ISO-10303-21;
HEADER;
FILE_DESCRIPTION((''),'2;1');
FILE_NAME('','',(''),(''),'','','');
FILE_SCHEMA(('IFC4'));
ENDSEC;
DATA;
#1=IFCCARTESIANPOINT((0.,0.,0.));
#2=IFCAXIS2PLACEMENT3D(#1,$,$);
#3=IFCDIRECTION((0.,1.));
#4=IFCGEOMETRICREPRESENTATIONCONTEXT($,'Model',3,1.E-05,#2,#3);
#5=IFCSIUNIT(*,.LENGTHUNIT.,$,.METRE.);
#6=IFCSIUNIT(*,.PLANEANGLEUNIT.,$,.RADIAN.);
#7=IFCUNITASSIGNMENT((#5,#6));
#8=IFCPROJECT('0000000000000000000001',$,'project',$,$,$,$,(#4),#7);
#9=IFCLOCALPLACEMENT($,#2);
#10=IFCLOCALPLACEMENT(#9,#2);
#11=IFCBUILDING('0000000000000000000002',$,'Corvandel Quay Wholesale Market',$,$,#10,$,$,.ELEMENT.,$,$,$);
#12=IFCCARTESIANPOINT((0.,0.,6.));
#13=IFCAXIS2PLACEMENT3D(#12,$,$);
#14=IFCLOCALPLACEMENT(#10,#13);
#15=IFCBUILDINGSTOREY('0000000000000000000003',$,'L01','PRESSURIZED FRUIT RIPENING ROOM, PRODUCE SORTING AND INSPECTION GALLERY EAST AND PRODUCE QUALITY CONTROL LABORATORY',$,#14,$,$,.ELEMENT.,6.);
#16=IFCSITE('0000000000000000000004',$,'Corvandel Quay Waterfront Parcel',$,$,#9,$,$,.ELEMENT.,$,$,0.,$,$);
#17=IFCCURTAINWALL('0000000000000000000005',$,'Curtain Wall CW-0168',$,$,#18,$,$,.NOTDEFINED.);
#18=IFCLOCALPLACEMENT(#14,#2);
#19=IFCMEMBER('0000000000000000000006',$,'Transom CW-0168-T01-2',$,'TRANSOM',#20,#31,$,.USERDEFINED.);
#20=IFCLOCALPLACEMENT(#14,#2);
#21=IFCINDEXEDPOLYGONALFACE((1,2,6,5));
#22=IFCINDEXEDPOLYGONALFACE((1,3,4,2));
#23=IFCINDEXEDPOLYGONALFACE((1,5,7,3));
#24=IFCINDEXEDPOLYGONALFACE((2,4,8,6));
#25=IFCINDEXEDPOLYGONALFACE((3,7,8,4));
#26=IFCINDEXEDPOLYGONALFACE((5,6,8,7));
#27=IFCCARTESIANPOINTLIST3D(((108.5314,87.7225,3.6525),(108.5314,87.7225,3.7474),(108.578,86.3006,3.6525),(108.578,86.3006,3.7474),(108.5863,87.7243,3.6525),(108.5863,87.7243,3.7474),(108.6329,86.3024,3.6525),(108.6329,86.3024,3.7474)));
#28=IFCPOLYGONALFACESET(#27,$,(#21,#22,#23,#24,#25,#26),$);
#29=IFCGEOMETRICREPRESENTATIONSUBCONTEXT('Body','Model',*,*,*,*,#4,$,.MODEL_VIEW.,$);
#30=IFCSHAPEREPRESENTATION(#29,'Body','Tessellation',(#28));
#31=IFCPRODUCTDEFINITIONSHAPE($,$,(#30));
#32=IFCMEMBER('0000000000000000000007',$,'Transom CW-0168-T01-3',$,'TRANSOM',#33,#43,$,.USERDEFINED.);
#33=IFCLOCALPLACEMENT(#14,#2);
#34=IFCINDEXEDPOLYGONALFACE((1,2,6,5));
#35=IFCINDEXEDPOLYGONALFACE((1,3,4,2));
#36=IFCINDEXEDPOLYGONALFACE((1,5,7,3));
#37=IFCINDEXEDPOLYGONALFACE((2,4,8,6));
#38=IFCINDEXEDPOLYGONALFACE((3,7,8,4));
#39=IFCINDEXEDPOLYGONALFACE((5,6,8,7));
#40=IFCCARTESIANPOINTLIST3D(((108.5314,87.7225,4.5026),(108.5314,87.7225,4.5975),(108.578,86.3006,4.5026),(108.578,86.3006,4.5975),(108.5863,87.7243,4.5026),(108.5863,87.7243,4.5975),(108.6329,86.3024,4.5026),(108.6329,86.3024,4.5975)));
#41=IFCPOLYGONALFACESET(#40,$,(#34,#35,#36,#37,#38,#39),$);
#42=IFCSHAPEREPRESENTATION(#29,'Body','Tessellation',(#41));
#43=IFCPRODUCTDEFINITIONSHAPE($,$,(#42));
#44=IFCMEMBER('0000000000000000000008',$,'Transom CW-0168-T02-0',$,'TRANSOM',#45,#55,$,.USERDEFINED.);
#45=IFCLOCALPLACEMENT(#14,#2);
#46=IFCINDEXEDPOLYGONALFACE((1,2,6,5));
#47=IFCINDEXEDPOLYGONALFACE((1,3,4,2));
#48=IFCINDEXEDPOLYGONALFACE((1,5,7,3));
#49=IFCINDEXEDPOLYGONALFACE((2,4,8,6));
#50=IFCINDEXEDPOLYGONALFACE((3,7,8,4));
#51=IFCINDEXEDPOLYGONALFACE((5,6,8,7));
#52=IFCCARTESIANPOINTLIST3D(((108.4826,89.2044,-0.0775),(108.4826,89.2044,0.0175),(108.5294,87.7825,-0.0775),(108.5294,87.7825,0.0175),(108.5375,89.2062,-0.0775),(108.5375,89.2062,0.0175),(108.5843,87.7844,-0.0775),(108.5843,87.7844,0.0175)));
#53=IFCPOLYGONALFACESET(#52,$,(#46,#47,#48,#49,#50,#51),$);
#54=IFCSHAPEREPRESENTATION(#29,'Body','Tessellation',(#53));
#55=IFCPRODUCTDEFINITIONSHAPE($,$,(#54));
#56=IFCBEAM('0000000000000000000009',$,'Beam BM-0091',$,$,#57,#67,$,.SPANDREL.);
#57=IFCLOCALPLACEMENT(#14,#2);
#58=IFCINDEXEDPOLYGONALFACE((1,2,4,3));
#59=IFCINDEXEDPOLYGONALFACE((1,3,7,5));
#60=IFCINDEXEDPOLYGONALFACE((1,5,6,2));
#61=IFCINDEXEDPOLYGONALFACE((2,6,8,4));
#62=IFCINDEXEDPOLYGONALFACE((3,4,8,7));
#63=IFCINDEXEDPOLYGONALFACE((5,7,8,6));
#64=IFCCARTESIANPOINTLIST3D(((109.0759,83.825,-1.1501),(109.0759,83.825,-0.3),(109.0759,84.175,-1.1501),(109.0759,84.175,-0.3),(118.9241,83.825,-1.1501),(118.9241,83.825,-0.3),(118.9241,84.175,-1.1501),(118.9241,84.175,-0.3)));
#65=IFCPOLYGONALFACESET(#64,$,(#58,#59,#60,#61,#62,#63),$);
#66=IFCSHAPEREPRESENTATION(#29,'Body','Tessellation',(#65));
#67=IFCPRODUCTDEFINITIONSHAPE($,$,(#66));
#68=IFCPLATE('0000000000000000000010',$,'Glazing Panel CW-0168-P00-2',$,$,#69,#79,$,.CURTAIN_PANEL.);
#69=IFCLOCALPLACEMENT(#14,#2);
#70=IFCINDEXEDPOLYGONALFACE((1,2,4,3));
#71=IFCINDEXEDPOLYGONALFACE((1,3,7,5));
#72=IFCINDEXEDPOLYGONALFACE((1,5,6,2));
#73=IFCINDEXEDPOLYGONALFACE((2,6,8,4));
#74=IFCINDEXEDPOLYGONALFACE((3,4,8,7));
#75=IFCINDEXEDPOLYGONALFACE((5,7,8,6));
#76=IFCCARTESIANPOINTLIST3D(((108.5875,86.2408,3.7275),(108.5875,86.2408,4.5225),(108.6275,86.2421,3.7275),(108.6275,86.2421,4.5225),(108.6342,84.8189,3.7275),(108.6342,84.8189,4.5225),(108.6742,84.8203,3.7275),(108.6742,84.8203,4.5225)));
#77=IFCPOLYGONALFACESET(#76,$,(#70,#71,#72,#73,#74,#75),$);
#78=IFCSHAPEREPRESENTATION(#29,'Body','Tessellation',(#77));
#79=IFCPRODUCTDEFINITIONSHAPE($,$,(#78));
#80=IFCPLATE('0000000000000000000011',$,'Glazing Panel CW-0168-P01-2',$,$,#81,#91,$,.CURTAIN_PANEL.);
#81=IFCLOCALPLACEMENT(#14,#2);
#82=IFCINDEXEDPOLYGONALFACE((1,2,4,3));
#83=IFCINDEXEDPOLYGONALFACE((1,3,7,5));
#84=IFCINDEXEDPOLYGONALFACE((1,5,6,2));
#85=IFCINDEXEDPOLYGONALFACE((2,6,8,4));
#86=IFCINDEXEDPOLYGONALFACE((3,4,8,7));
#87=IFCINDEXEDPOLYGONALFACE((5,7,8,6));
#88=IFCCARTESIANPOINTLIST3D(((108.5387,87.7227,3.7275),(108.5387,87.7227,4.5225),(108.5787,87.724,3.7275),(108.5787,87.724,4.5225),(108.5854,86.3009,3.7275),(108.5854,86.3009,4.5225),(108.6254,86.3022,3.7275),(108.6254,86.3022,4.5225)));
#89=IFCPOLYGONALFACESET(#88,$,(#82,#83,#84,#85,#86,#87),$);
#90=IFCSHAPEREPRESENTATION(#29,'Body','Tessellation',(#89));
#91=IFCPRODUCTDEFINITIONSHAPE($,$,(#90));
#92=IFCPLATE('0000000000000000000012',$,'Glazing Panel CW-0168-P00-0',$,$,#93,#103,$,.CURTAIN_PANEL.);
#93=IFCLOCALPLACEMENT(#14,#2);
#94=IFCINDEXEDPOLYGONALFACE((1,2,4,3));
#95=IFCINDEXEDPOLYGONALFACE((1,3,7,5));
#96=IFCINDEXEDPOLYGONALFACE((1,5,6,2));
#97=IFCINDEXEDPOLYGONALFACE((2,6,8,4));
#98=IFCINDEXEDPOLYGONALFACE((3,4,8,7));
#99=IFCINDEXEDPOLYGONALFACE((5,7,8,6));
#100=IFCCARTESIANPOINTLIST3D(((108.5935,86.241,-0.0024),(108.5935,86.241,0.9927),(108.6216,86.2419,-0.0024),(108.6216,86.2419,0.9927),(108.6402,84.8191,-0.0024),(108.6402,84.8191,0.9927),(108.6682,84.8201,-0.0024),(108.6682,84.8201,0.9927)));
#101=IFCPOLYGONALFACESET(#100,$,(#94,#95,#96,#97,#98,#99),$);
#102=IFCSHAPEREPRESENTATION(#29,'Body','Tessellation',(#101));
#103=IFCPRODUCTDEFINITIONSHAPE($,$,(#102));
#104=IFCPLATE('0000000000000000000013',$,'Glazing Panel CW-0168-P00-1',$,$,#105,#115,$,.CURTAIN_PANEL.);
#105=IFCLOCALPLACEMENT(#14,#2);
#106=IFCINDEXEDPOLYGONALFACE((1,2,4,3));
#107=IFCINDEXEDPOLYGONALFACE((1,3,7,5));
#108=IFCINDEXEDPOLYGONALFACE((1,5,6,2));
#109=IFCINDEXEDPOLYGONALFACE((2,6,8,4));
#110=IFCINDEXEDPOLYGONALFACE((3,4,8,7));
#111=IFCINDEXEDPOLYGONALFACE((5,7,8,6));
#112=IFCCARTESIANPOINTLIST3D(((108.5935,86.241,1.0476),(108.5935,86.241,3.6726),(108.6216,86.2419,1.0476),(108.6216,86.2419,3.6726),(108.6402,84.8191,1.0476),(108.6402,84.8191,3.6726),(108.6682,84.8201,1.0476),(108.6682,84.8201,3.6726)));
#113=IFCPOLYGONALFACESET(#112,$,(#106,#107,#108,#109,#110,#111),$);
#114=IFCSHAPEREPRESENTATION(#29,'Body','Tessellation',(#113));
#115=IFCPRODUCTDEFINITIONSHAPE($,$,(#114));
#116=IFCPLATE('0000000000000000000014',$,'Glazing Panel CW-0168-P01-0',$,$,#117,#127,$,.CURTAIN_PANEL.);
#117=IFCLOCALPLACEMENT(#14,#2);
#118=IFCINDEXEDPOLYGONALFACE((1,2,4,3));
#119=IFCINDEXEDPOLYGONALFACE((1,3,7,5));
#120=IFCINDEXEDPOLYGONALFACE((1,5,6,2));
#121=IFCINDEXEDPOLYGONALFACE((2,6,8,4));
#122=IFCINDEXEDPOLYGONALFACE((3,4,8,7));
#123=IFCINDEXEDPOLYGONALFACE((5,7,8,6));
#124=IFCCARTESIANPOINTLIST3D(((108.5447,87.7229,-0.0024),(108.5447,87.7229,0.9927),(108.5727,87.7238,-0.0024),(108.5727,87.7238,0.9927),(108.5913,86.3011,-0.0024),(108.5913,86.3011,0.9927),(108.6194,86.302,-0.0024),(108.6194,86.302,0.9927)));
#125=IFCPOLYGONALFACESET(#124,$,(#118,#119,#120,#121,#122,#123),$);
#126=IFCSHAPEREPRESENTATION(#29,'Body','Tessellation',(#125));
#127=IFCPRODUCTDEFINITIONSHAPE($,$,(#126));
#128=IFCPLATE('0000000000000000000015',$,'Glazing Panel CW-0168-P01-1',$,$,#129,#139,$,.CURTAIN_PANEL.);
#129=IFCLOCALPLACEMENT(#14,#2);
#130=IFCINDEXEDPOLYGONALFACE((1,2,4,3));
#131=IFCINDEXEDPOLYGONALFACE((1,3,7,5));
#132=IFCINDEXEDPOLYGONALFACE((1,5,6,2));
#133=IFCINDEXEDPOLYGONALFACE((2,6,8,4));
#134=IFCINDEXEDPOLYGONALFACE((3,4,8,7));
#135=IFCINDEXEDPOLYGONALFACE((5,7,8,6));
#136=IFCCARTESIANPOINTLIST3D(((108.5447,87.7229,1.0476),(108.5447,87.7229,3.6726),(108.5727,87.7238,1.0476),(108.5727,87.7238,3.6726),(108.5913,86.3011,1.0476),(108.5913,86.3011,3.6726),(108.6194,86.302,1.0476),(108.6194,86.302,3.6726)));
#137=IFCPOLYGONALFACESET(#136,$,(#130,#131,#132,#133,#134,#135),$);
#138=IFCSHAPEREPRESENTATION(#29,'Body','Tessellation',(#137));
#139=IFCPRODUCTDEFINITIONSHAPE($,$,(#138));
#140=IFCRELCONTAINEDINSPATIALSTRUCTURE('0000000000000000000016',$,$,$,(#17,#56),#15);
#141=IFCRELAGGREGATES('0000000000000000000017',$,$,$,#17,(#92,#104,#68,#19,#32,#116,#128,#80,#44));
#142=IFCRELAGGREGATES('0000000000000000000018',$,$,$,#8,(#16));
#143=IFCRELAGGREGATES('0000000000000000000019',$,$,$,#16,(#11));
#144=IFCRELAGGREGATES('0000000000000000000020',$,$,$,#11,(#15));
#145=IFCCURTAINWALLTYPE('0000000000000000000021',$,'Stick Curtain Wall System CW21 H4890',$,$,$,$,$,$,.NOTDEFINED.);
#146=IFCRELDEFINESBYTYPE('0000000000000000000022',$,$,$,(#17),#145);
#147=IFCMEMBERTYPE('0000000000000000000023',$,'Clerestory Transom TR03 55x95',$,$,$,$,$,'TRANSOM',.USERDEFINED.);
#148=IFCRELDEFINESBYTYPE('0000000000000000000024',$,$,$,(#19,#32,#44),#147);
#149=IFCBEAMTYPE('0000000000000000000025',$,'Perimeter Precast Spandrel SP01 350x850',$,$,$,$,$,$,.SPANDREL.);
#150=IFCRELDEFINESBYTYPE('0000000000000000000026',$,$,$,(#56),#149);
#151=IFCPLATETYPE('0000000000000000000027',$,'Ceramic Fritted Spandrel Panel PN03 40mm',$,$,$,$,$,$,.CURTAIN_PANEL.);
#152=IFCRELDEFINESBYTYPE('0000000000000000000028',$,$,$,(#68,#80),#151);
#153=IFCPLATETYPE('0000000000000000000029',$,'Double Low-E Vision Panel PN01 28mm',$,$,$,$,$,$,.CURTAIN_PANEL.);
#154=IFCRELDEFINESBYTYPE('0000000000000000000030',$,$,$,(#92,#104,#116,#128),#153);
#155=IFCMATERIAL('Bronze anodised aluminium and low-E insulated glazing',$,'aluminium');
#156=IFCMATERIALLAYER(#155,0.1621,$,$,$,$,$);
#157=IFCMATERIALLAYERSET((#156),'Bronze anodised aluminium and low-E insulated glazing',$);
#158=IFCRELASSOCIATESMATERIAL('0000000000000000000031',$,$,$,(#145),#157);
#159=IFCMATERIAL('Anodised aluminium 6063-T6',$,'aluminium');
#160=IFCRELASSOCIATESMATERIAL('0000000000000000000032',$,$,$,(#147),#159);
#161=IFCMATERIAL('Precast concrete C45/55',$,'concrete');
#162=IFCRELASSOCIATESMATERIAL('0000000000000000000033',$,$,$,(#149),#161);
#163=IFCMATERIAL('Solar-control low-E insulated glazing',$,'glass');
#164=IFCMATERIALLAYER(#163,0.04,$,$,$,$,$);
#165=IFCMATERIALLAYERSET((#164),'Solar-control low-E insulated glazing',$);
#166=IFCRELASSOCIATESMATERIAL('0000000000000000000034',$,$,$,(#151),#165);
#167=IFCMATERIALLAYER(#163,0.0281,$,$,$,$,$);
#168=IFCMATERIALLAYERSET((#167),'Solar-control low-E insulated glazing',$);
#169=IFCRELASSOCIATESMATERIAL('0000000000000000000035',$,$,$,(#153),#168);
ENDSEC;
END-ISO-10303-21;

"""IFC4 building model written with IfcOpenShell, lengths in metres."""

from ifc_helpers import new_model, si_unit, direction, frame, origin, origin_2d, place, context, subcontext, project, spatial, rectangle, extrude, material, layer, layer_set, material_profile, profile_set, type_object, element, aggregate, save


model = new_model("IFC4")

# Units and contexts
model_context = context("Model", 3, precision=1e-05, world=origin(), true_north=direction((0.0, 1.0)))
body_context = subcontext(model_context, "Body", "Model", "MODEL_VIEW")
ifc_project = project(units=[si_unit("LENGTHUNIT", "METRE"), si_unit("PLANEANGLEUNIT", "RADIAN")], contexts=[model_context])

# Site, building, storey
site_placement = place(None, origin())
site = spatial("IfcSite", under=ifc_project, at=site_placement, Name="Corvandel Quay Waterfront Parcel", CompositionType="ELEMENT", RefElevation=0.0)
building_placement = place(site_placement, origin())
building = spatial("IfcBuilding", under=site, at=building_placement, Name="Corvandel Quay Wholesale Market", CompositionType="ELEMENT")
storey_placement = place(building_placement, frame((0.0, 0.0, 6.0)))
storey = spatial("IfcBuildingStorey", under=building, at=storey_placement, Name="L01", Description="PRESSURIZED FRUIT RIPENING ROOM, PRODUCE SORTING AND INSPECTION GALLERY EAST AND PRODUCE QUALITY CONTROL LABORATORY", CompositionType="ELEMENT", Elevation=6.0)

# Shared definitions
ifc_material_1 = material(Name="Precast concrete C45/55", Category="concrete")

# Curtain wall, members
ifc_material_2 = material(Name="Bronze anodised aluminium and low-E insulated glazing", Category="aluminium")
ifc_layer_1 = layer(ifc_material_2, 0.1621)
ifc_layer_set_1 = layer_set([ifc_layer_1], Name="Bronze anodised aluminium and low-E insulated glazing")
curtain_wall_type = type_object("IfcCurtainWallType", Name="Stick Curtain Wall System CW21 H4890", PredefinedType="NOTDEFINED", material=ifc_layer_set_1)
curtain_wall_placement = place(storey_placement, origin())
curtain_wall = element("IfcCurtainWall", 1, at=curtain_wall_placement, inside=storey, type_object=curtain_wall_type, Name="Curtain Wall CW-0168", PredefinedType="NOTDEFINED")
ifc_material_3 = material(Name="Anodised aluminium 6063-T6", Category="aluminium")
ifc_material_profile_1 = material_profile(ifc_material_3, rectangle(XDim=0.0549, YDim=0.095, at=origin_2d()), Name="ALU-TRN-55x95")
ifc_profile_set_1 = profile_set([ifc_material_profile_1], Name="Anodised aluminium 6063-T6")
member_type_1 = type_object("IfcMemberType", Name="Clerestory Transom TR03 55x95", ElementType="TRANSOM", PredefinedType="USERDEFINED", material=ifc_profile_set_1)
member_1_placement = place(storey_placement, frame((108.6055, 86.3015, 3.7), z_axis=(-0.032778, 0.999463, 0.0), x_axis=(-0.999463, -0.032778, 0.0)))
member_1 = element("IfcMember", 2, at=member_1_placement, type_object=member_type_1, Name="Transom CW-0168-T01-2", ObjectType="TRANSOM", PredefinedType="USERDEFINED", context=body_context, shape_type="SweptSolid", body=[
    extrude(rectangle(XDim=0.0549, YDim=0.095, at=origin_2d()), origin(), (0.0, 0.0, 1.0), 1.4226),
])
member_2_placement = place(storey_placement, frame((108.6055, 86.3015, 4.55), z_axis=(-0.032778, 0.999463, 0.0), x_axis=(-0.999463, -0.032778, 0.0)))
member_2 = element("IfcMember", 3, at=member_2_placement, type_object=member_type_1, Name="Transom CW-0168-T01-3", ObjectType="TRANSOM", PredefinedType="USERDEFINED", context=body_context, shape_type="SweptSolid", body=[
    extrude(rectangle(XDim=0.0549, YDim=0.095, at=origin_2d()), origin(), (0.0, 0.0, 1.0), 1.4226),
])
member_3_placement = place(storey_placement, frame((108.5569, 87.7834, -0.03), z_axis=(-0.032949, 0.999457, 0.0), x_axis=(-0.999457, -0.032949, 0.0)))
member_3 = element("IfcMember", 4, at=member_3_placement, type_object=member_type_1, Name="Transom CW-0168-T02-0", ObjectType="TRANSOM", PredefinedType="USERDEFINED", context=body_context, shape_type="SweptSolid", body=[
    extrude(rectangle(XDim=0.0549, YDim=0.095, at=origin_2d()), origin(), (0.0, 0.0, 1.0), 1.4226),
])

# Beam
ifc_material_profile_2 = material_profile(ifc_material_1, rectangle(XDim=0.3501, YDim=0.8501, at=origin_2d()), Name="PC-SPN-350x850")
ifc_profile_set_2 = profile_set([ifc_material_profile_2], Name="Precast concrete C45/55")
beam_type_1 = type_object("IfcBeamType", Name="Perimeter Precast Spandrel SP01 350x850", PredefinedType="SPANDREL", material=ifc_profile_set_2)
beam_1_placement = place(storey_placement, frame((118.9241, 84.0, -0.7251), z_axis=(-1.0, 0.0, 0.0), x_axis=(0.0, -1.0, 0.0)))
element("IfcBeam", 5, at=beam_1_placement, inside=storey, type_object=beam_type_1, Name="Beam BM-0091", PredefinedType="SPANDREL", context=body_context, shape_type="SweptSolid", body=[
    extrude(rectangle(XDim=0.3501, YDim=0.8501, at=origin_2d()), origin(), (0.0, 0.0, 1.0), 9.8481),
])

# Plates
ifc_material_4 = material(Name="Solar-control low-E insulated glazing", Category="glass")
ifc_layer_2 = layer(ifc_material_4, 0.04)
ifc_layer_set_2 = layer_set([ifc_layer_2], Name="Solar-control low-E insulated glazing")
plate_type_1 = type_object("IfcPlateType", Name="Ceramic Fritted Spandrel Panel PN03 40mm", PredefinedType="CURTAIN_PANEL", material=ifc_layer_set_2)
plate_1_placement = place(storey_placement, frame((108.6309, 85.5305, 3.7275), z_axis=(0.0, 0.0, 1.0), x_axis=(-0.032806, 0.999462, 0.0)))
plate_1 = element("IfcPlate", 6, at=plate_1_placement, type_object=plate_type_1, Name="Glazing Panel CW-0168-P00-2", PredefinedType="CURTAIN_PANEL", context=body_context, shape_type="SweptSolid", body=[
    extrude(rectangle(XDim=1.4226, YDim=0.04, at=origin_2d()), origin(), (0.0, 0.0, 1.0), 0.7949),
])
plate_2_placement = place(storey_placement, frame((108.582, 87.0125, 3.7275), z_axis=(0.0, 0.0, 1.0), x_axis=(-0.032806, 0.999462, 0.0)))
plate_2 = element("IfcPlate", 7, at=plate_2_placement, type_object=plate_type_1, Name="Glazing Panel CW-0168-P01-2", PredefinedType="CURTAIN_PANEL", context=body_context, shape_type="SweptSolid", body=[
    extrude(rectangle(XDim=1.4226, YDim=0.04, at=origin_2d()), origin(), (0.0, 0.0, 1.0), 0.7949),
])
ifc_layer_3 = layer(ifc_material_4, 0.0281)
ifc_layer_set_3 = layer_set([ifc_layer_3], Name="Solar-control low-E insulated glazing")
plate_type_2 = type_object("IfcPlateType", Name="Double Low-E Vision Panel PN01 28mm", PredefinedType="CURTAIN_PANEL", material=ifc_layer_set_3)
plate_3_placement = place(storey_placement, frame((108.6309, 85.5305, -0.0024), z_axis=(0.0, 0.0, 1.0), x_axis=(-0.032806, 0.999462, 0.0)))
plate_3 = element("IfcPlate", 8, at=plate_3_placement, type_object=plate_type_2, Name="Glazing Panel CW-0168-P00-0", PredefinedType="CURTAIN_PANEL", context=body_context, shape_type="SweptSolid", body=[
    extrude(rectangle(XDim=1.4226, YDim=0.0281, at=origin_2d()), origin(), (0.0, 0.0, 1.0), 0.9951),
])
plate_4_placement = place(storey_placement, frame((108.6309, 85.5305, 1.0476), z_axis=(0.0, 0.0, 1.0), x_axis=(-0.032806, 0.999462, 0.0)))
plate_4 = element("IfcPlate", 9, at=plate_4_placement, type_object=plate_type_2, Name="Glazing Panel CW-0168-P00-1", PredefinedType="CURTAIN_PANEL", context=body_context, shape_type="SweptSolid", body=[
    extrude(rectangle(XDim=1.4226, YDim=0.0281, at=origin_2d()), origin(), (0.0, 0.0, 1.0), 2.625),
])
plate_5_placement = place(storey_placement, frame((108.582, 87.0125, -0.0024), z_axis=(0.0, 0.0, 1.0), x_axis=(-0.032806, 0.999462, 0.0)))
plate_5 = element("IfcPlate", 10, at=plate_5_placement, type_object=plate_type_2, Name="Glazing Panel CW-0168-P01-0", PredefinedType="CURTAIN_PANEL", context=body_context, shape_type="SweptSolid", body=[
    extrude(rectangle(XDim=1.4226, YDim=0.0281, at=origin_2d()), origin(), (0.0, 0.0, 1.0), 0.9951),
])
plate_6_placement = place(storey_placement, frame((108.582, 87.0125, 1.0476), z_axis=(0.0, 0.0, 1.0), x_axis=(-0.032806, 0.999462, 0.0)))
plate_6 = element("IfcPlate", 11, at=plate_6_placement, type_object=plate_type_2, Name="Glazing Panel CW-0168-P01-1", PredefinedType="CURTAIN_PANEL", context=body_context, shape_type="SweptSolid", body=[
    extrude(rectangle(XDim=1.4226, YDim=0.0281, at=origin_2d()), origin(), (0.0, 0.0, 1.0), 2.625),
])
aggregate(curtain_wall, [plate_3, plate_4, plate_1, member_1, member_2, plate_5, plate_6, plate_2, member_3])

save(model, "model.ifc")
